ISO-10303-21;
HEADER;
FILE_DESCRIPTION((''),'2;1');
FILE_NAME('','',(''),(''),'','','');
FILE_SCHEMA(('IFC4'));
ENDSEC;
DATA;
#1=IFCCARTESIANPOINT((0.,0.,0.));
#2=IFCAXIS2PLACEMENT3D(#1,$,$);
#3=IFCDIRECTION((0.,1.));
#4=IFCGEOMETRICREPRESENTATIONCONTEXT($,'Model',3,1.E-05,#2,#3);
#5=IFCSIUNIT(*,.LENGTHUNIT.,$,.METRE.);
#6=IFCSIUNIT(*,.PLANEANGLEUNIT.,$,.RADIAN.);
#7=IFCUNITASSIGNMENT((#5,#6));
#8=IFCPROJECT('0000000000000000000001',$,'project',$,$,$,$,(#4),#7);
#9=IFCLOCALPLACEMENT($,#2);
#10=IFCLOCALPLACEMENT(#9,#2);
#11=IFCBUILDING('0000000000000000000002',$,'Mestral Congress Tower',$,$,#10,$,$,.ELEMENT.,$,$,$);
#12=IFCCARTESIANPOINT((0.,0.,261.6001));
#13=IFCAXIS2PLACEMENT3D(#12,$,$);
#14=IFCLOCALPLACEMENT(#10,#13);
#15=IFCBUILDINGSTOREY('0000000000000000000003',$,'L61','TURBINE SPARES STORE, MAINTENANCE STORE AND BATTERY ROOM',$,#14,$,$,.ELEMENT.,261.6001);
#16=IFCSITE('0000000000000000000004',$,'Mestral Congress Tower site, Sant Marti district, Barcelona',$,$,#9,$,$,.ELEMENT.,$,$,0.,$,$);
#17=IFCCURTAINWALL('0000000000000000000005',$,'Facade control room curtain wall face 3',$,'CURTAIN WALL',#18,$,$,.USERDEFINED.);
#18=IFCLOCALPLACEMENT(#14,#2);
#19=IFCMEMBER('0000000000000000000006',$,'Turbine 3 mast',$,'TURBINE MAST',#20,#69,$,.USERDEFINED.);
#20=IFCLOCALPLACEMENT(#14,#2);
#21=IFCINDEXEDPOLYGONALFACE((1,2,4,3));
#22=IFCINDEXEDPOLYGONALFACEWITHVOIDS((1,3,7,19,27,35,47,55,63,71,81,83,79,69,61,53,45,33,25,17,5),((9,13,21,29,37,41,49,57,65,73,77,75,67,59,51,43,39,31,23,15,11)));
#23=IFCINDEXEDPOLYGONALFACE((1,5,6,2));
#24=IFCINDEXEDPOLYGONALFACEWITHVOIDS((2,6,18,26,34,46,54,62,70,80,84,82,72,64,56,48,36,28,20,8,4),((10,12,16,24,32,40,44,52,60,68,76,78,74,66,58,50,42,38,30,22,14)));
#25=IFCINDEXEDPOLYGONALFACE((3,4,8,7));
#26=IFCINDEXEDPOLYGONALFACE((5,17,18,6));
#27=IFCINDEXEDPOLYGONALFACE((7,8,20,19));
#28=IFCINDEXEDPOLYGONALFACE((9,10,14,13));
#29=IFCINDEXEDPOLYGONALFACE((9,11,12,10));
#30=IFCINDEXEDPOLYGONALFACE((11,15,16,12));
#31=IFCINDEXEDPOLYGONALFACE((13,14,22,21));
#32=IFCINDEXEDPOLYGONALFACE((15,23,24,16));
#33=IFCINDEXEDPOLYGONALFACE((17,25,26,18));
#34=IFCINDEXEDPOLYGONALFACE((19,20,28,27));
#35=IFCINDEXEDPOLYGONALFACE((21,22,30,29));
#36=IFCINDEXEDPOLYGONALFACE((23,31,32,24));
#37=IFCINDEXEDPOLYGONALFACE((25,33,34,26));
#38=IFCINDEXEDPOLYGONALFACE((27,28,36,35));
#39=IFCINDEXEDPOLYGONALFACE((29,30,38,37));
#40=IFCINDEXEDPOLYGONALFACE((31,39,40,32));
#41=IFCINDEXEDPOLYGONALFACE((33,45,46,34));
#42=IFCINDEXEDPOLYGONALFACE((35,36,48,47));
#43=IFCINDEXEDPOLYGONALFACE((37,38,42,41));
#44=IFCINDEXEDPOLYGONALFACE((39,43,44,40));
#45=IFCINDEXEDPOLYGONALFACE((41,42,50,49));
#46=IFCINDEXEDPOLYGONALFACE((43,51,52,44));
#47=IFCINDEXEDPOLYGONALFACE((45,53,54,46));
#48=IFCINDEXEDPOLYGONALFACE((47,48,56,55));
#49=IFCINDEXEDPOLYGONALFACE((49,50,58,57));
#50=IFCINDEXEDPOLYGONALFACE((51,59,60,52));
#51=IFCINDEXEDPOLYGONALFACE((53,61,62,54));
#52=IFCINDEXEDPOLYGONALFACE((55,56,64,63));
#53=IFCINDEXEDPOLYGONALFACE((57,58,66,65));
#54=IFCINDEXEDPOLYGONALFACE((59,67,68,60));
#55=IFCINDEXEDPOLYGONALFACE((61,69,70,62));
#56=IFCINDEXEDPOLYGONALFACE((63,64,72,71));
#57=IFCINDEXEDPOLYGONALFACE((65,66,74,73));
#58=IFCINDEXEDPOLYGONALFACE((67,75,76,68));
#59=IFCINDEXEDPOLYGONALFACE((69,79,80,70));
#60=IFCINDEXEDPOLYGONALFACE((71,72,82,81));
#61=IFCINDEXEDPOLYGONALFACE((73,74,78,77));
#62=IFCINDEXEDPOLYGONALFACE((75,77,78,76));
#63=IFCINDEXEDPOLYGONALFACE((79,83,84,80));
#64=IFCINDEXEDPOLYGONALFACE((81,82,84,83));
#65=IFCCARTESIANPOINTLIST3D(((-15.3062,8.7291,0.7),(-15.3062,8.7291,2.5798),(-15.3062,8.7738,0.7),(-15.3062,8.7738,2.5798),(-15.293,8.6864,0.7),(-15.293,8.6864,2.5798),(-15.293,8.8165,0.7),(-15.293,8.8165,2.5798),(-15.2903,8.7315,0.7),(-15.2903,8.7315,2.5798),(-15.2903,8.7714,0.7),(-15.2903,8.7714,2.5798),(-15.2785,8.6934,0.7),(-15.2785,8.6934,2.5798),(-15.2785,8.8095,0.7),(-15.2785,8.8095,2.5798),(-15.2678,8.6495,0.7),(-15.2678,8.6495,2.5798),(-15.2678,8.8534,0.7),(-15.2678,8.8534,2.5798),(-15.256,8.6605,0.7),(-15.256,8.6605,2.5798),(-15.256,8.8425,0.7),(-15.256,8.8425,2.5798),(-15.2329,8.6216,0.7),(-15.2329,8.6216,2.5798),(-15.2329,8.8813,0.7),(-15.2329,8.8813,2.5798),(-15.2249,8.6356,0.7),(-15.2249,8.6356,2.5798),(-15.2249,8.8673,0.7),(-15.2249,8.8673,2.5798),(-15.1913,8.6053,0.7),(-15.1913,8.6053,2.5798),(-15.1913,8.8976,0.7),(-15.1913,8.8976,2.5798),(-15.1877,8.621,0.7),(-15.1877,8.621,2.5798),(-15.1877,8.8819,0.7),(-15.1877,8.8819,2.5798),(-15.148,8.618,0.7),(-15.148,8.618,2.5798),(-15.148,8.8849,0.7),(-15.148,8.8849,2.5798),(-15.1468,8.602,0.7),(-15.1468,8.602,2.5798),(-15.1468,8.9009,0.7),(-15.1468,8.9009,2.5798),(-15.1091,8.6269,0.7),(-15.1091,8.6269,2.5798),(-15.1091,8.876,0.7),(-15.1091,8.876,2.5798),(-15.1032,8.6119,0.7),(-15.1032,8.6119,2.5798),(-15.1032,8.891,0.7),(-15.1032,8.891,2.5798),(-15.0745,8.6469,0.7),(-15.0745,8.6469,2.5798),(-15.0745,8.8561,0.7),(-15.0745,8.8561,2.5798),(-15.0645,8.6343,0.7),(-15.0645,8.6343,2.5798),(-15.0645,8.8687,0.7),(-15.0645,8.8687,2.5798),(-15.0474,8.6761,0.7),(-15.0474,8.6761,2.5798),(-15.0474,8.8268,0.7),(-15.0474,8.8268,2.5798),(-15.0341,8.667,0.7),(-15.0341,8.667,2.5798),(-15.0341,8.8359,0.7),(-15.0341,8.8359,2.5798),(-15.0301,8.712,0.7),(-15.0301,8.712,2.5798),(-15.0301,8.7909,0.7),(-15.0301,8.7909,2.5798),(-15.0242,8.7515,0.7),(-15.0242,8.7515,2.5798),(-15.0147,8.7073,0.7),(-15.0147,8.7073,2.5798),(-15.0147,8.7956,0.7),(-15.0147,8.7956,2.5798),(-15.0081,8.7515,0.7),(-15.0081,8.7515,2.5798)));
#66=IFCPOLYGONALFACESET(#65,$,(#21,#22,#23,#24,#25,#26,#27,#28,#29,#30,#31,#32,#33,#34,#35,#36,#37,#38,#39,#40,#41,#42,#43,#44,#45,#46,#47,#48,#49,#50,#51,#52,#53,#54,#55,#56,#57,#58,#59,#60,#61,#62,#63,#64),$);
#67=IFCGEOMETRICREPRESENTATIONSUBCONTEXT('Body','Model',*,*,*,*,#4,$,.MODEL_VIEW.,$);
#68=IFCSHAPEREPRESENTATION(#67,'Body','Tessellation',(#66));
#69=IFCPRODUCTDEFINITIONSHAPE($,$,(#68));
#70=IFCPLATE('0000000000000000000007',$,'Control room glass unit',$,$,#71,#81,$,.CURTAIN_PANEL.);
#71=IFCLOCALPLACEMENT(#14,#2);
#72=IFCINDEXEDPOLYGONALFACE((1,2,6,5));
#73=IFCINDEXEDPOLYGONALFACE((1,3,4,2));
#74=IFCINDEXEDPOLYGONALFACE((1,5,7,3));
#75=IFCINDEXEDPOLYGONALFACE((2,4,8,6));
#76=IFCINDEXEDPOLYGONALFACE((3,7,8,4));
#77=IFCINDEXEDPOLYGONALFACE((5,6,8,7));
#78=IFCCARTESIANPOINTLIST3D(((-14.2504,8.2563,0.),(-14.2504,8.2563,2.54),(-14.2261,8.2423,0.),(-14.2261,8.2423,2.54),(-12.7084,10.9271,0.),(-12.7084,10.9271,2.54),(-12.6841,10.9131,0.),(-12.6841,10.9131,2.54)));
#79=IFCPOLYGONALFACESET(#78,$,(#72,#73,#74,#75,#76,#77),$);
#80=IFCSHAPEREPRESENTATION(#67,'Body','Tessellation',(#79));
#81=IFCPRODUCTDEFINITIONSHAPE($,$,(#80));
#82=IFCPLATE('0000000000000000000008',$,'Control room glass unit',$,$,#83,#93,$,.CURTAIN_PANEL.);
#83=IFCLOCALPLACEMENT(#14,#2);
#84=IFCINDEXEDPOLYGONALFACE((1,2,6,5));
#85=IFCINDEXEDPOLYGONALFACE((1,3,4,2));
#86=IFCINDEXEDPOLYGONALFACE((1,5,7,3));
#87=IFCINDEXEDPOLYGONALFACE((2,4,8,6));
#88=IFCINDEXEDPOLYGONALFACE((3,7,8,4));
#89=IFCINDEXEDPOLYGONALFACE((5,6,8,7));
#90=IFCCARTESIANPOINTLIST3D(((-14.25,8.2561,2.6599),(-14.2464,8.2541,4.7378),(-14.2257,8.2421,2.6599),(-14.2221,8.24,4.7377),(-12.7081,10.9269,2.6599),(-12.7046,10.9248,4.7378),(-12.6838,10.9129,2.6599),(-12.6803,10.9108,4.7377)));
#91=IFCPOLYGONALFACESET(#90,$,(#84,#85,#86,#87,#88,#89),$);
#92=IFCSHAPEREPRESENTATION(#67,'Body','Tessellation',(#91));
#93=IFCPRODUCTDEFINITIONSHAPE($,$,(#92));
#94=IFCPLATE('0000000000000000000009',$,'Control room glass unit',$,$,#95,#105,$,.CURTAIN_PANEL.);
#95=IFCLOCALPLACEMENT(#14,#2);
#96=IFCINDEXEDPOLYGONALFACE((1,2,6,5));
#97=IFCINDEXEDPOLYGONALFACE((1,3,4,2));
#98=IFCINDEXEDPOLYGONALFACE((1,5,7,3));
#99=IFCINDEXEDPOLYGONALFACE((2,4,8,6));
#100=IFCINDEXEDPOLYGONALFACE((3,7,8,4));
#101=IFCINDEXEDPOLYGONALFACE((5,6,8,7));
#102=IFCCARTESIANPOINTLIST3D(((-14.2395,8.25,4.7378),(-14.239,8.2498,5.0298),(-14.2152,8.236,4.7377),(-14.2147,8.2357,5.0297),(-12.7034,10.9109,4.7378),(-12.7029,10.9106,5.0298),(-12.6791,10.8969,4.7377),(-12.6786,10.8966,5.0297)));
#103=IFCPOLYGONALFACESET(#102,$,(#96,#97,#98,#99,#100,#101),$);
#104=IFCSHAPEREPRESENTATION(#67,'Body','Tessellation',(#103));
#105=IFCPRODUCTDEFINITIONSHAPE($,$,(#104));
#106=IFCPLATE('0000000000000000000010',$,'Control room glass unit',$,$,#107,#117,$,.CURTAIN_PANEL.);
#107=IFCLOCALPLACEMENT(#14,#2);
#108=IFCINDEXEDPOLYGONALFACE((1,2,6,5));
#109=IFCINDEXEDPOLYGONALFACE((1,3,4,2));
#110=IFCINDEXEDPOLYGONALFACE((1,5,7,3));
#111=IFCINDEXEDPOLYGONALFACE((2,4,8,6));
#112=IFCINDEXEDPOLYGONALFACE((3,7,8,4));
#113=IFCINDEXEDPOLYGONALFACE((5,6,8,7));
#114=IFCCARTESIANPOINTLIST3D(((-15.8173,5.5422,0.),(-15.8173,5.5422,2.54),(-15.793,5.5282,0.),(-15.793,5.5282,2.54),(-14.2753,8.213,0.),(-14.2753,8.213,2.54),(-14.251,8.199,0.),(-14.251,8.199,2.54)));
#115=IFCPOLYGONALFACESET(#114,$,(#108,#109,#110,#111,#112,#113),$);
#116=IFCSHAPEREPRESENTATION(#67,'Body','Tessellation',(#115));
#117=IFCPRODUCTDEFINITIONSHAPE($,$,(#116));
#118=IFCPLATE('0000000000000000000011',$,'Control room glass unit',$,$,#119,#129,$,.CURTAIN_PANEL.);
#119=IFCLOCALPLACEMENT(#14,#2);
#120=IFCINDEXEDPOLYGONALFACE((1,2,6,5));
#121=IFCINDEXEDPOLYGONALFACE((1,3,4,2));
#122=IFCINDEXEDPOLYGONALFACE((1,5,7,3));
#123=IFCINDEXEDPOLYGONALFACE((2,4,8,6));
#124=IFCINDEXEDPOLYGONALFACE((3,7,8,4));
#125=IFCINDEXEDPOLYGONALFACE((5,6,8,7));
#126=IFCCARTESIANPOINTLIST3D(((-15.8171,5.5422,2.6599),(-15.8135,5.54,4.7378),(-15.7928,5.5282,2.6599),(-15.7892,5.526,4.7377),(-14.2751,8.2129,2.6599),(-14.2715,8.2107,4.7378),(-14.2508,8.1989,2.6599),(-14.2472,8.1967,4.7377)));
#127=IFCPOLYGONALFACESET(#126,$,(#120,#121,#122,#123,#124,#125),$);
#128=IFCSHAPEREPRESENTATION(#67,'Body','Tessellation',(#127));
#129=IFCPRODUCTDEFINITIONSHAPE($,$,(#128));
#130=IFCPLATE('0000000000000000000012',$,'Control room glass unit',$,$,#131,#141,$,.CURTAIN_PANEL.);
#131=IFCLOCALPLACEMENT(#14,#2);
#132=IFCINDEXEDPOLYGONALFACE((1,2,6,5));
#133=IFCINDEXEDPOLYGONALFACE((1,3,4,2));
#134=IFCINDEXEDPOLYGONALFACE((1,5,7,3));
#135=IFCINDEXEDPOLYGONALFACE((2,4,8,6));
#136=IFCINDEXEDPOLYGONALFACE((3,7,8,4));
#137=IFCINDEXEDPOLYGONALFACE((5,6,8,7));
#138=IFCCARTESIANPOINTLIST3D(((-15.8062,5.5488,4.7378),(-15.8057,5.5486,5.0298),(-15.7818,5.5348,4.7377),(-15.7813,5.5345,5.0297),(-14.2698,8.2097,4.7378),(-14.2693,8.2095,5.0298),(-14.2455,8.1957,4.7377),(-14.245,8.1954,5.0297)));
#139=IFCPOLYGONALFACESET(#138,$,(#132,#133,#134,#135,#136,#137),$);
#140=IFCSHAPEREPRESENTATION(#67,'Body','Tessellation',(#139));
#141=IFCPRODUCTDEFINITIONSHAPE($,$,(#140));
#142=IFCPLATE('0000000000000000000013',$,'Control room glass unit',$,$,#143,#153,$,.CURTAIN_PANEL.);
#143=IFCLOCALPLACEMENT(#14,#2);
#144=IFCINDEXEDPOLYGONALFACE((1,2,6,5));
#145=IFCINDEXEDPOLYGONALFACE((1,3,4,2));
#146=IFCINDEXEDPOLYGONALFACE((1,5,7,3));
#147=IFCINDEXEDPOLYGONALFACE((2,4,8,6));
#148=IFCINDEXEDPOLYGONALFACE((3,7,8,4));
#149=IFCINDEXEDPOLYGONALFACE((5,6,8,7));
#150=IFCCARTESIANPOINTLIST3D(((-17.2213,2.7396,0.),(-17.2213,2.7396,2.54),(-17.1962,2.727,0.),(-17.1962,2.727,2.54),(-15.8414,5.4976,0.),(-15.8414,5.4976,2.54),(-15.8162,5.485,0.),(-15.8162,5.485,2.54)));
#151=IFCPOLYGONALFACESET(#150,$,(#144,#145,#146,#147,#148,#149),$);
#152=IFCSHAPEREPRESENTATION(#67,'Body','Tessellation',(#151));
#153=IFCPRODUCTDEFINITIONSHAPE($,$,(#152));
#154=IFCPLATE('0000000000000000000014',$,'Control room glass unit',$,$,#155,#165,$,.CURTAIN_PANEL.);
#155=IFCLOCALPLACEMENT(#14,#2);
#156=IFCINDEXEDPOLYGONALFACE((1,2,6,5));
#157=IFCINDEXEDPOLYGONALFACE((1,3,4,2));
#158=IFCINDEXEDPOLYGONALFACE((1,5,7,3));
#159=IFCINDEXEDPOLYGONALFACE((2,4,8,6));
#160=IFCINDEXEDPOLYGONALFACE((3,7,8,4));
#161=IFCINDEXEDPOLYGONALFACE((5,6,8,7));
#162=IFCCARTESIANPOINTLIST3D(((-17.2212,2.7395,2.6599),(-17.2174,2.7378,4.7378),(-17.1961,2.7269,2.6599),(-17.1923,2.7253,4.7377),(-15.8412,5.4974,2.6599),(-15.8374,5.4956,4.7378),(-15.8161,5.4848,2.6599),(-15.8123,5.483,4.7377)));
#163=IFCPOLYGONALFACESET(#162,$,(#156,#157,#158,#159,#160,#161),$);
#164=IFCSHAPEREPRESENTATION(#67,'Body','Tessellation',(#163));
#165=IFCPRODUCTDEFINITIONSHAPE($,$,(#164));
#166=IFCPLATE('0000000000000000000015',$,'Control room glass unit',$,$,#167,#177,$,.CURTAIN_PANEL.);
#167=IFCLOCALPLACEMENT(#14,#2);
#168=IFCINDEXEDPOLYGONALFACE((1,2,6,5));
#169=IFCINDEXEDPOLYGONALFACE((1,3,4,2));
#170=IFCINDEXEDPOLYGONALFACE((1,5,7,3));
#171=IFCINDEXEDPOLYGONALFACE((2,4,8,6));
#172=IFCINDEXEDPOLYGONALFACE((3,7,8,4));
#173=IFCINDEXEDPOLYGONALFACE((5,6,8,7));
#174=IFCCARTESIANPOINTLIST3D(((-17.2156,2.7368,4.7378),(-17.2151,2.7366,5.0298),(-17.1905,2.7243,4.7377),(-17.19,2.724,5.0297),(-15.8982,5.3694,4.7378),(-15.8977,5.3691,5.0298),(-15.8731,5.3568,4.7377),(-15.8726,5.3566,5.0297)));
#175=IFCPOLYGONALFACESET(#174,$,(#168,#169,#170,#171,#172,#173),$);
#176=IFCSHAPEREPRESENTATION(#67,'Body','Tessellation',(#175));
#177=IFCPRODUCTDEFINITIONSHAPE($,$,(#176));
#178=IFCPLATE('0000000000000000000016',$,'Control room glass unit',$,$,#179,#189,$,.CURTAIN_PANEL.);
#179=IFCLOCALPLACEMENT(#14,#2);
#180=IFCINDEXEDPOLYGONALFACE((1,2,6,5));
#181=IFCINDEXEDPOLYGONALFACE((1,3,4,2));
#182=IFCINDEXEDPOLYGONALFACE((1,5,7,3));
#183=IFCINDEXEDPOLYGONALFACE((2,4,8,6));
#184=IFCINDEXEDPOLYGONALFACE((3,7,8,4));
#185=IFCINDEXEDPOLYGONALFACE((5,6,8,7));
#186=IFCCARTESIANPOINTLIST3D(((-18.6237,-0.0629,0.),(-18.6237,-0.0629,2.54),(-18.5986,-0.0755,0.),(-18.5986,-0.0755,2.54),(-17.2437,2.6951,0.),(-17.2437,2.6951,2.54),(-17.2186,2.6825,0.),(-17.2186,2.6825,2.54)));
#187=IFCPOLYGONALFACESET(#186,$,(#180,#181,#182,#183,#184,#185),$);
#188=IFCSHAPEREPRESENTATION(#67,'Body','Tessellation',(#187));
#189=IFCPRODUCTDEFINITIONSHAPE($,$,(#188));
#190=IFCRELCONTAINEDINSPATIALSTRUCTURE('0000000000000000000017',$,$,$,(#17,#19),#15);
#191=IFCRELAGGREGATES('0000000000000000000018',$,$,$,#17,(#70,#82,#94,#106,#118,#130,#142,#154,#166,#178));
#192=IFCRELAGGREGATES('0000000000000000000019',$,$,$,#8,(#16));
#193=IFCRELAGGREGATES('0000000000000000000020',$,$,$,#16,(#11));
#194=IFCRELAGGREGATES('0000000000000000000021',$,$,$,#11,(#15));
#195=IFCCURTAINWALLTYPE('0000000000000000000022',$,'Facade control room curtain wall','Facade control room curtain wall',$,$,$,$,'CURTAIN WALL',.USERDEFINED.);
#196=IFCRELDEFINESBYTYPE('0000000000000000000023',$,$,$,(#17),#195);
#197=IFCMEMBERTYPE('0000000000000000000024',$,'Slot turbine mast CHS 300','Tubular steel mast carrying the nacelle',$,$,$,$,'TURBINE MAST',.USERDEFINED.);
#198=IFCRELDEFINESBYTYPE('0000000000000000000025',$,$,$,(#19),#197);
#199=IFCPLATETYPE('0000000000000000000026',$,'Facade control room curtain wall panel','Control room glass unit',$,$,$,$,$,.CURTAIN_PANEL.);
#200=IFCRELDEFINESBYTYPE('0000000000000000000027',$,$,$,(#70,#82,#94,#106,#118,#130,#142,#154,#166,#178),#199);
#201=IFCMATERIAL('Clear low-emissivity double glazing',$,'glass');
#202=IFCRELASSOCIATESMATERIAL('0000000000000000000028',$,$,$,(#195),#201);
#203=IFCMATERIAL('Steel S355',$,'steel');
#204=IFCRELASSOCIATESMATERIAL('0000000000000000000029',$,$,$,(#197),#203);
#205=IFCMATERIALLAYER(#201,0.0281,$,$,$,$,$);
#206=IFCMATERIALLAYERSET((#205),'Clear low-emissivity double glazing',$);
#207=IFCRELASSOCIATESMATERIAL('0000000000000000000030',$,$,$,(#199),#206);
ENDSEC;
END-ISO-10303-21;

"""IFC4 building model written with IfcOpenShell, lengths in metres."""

from ifc_helpers import new_model, si_unit, direction, frame, origin, origin_2d, place, context, subcontext, project, spatial, polyline, rectangle, hollow_circle, outline, extrude, material, layer, layer_set, material_profile, profile_set, type_object, element, aggregate, save


model = new_model("IFC4")

# Units and contexts
model_context = context("Model", 3, precision=1e-05, world=origin(), true_north=direction((0.0, 1.0)))
body_context = subcontext(model_context, "Body", "Model", "MODEL_VIEW")
ifc_project = project(units=[si_unit("LENGTHUNIT", "METRE"), si_unit("PLANEANGLEUNIT", "RADIAN")], contexts=[model_context])

# Site, building, storey
site_placement = place(None, origin())
site = spatial("IfcSite", under=ifc_project, at=site_placement, Name="Mestral Congress Tower site, Sant Marti district, Barcelona", CompositionType="ELEMENT", RefElevation=0.0)
building_placement = place(site_placement, origin())
building = spatial("IfcBuilding", under=site, at=building_placement, Name="Mestral Congress Tower", CompositionType="ELEMENT")
storey_placement = place(building_placement, frame((0.0, 0.0, 261.6001)))
storey = spatial("IfcBuildingStorey", under=building, at=storey_placement, Name="L61", Description="TURBINE SPARES STORE, MAINTENANCE STORE AND BATTERY ROOM", CompositionType="ELEMENT", Elevation=261.6001)

# Curtain wall
ifc_material_1 = material(Name="Clear low-emissivity double glazing", Category="glass")
curtain_wall_type = type_object("IfcCurtainWallType", Name="Facade control room curtain wall", Description="Facade control room curtain wall", ElementType="CURTAIN WALL", PredefinedType="USERDEFINED", material=ifc_material_1)
curtain_wall_placement = place(storey_placement, origin())
curtain_wall = element("IfcCurtainWall", 1, at=curtain_wall_placement, inside=storey, type_object=curtain_wall_type, Name="Facade control room curtain wall face 3", ObjectType="CURTAIN WALL", PredefinedType="USERDEFINED")

# Shared definitions
ifc_material_2 = material(Name="Steel S355", Category="steel")

# Member
ifc_material_profile_1 = material_profile(ifc_material_2, hollow_circle(Radius=0.1499, WallThickness=0.0161, at=origin_2d()), Name="CHS 300 x 16")
ifc_profile_set_1 = profile_set([ifc_material_profile_1], Name="Steel S355")
member_type_1 = type_object("IfcMemberType", Name="Slot turbine mast CHS 300", Description="Tubular steel mast carrying the nacelle", ElementType="TURBINE MAST", PredefinedType="USERDEFINED", material=ifc_profile_set_1)
member_1_placement = place(storey_placement, frame((-15.158, 8.7515, 0.7), z_axis=(0.0, 0.0, 1.0), x_axis=(1.0, 0.0, 0.0)))
element("IfcMember", 2, at=member_1_placement, inside=storey, type_object=member_type_1, Name="Turbine 3 mast", ObjectType="TURBINE MAST", PredefinedType="USERDEFINED", context=body_context, shape_type="SweptSolid", body=[
    extrude(hollow_circle(Radius=0.1499, WallThickness=0.0161, at=origin_2d()), origin(), (0.0, 0.0, 1.0), 1.8799),
])

# Plates
ifc_layer_1 = layer(ifc_material_1, 0.0281)
ifc_layer_set_1 = layer_set([ifc_layer_1], Name="Clear low-emissivity double glazing")
plate_type_1 = type_object("IfcPlateType", Name="Facade control room curtain wall panel", Description="Control room glass unit", PredefinedType="CURTAIN_PANEL", material=ifc_layer_set_1)
plate_1_placement = place(storey_placement, frame((-13.4673, 9.5847, 0.0), z_axis=(0.0, 0.0, 1.0), x_axis=(-0.5, -0.866025, 0.0)))
plate_1 = element("IfcPlate", 3, at=plate_1_placement, type_object=plate_type_1, Name="Control room glass unit", PredefinedType="CURTAIN_PANEL", context=body_context, shape_type="SweptSolid", body=[
    extrude(rectangle(XDim=3.084, YDim=0.0281, at=origin_2d()), origin(), (0.0, 0.0, 1.0), 2.54),
])
plate_2_placement = place(storey_placement, frame((-14.25, 8.2561, 2.6599), z_axis=(-0.866038, 0.499974, 0.001975), x_axis=(0.499975, 0.86604, 0.0)))
plate_2 = element("IfcPlate", 4, at=plate_2_placement, type_object=plate_type_1, Name="Control room glass unit", PredefinedType="CURTAIN_PANEL", context=body_context, shape_type="SweptSolid", body=[
    extrude(outline(polyline([(0.0, 0.0), (3.0839, 0.0), (3.0839, -2.0779), (0.0, -2.0779), (0.0, 0.0)])), origin(), (0.0, 0.0, -1.0), 0.0281),
])
plate_3_placement = place(storey_placement, frame((-14.239, 8.2498, 5.0298), z_axis=(-0.866042, 0.499967, 0.001866), x_axis=(-0.001672, 0.000836, -0.999998)))
plate_3 = element("IfcPlate", 5, at=plate_3_placement, type_object=plate_type_1, Name="Control room glass unit", PredefinedType="CURTAIN_PANEL", context=body_context, shape_type="SweptSolid", body=[
    extrude(outline(polyline([(0.0, 0.0), (0.292, 0.0), (0.2916, -3.0725), (-0.0003, -3.0725), (0.0, 0.0)])), origin(), (0.0, 0.0, -1.0), 0.0281),
])
plate_4_placement = place(storey_placement, frame((-15.0342, 6.8706, 0.0), z_axis=(0.0, 0.0, 1.0), x_axis=(-0.5, -0.866025, 0.0)))
plate_4 = element("IfcPlate", 6, at=plate_4_placement, type_object=plate_type_1, Name="Control room glass unit", PredefinedType="CURTAIN_PANEL", context=body_context, shape_type="SweptSolid", body=[
    extrude(rectangle(XDim=3.084, YDim=0.0281, at=origin_2d()), origin(), (0.0, 0.0, 1.0), 2.54),
])
plate_5_placement = place(storey_placement, frame((-15.8171, 5.5422, 2.6599), z_axis=(-0.866011, 0.500021, 0.002055), x_axis=(0.500022, 0.866013, 0.0)))
plate_5 = element("IfcPlate", 7, at=plate_5_placement, type_object=plate_type_1, Name="Control room glass unit", PredefinedType="CURTAIN_PANEL", context=body_context, shape_type="SweptSolid", body=[
    extrude(outline(polyline([(0.0, 0.0), (3.0839, 0.0), (3.0838, -2.0779), (-0.0001, -2.0779), (0.0, 0.0)])), origin(), (0.0, 0.0, -1.0), 0.0281),
])
plate_6_placement = place(storey_placement, frame((-14.2698, 8.2097, 4.7378), z_axis=(-0.866008, 0.500027, 0.001866), x_axis=(0.001672, -0.000836, 0.999998)))
plate_6 = element("IfcPlate", 8, at=plate_6_placement, type_object=plate_type_1, Name="Control room glass unit", PredefinedType="CURTAIN_PANEL", context=body_context, shape_type="SweptSolid", body=[
    extrude(outline(polyline([(0.0, 0.0), (0.292, 0.0), (0.2916, -3.0726), (-0.0003, -3.0726), (0.0, 0.0)])), origin(), (0.0, 0.0, -1.0), 0.0281),
])
plate_7_placement = place(storey_placement, frame((-16.5188, 4.1123, 0.0), z_axis=(0.0, 0.0, 1.0), x_axis=(-0.44747, -0.894299, 0.0)))
plate_7 = element("IfcPlate", 9, at=plate_7_placement, type_object=plate_type_1, Name="Control room glass unit", PredefinedType="CURTAIN_PANEL", context=body_context, shape_type="SweptSolid", body=[
    extrude(rectangle(XDim=3.084, YDim=0.0281, at=origin_2d()), origin(), (0.0, 0.0, 1.0), 2.54),
])
plate_8_placement = place(storey_placement, frame((-17.2212, 2.7395, 2.6599), z_axis=(-0.894283, 0.447498, 0.001997), x_axis=(0.447499, 0.894285, 0.0)))
plate_8 = element("IfcPlate", 10, at=plate_8_placement, type_object=plate_type_1, Name="Control room glass unit", PredefinedType="CURTAIN_PANEL", context=body_context, shape_type="SweptSolid", body=[
    extrude(outline(polyline([(0.0, 0.0), (3.0839, 0.0), (3.084, -2.0779), (0.0002, -2.0779), (0.0, 0.0)])), origin(), (0.0, 0.0, -1.0), 0.0281),
])
plate_9_placement = place(storey_placement, frame((-17.2151, 2.7366, 5.0298), z_axis=(-0.894276, 0.447511, 0.00187), x_axis=(-0.001672, 0.000836, -0.999998)))
plate_9 = element("IfcPlate", 11, at=plate_9_placement, type_object=plate_type_1, Name="Control room glass unit", PredefinedType="CURTAIN_PANEL", context=body_context, shape_type="SweptSolid", body=[
    extrude(outline(polyline([(0.0, 0.0), (0.292, 0.0), (0.292, -2.9438), (0.0, -2.9438), (0.0, 0.0)])), origin(), (0.0, 0.0, -1.0), 0.0281),
])
plate_10_placement = place(storey_placement, frame((-17.9211, 1.3098, 0.0), z_axis=(0.0, 0.0, 1.0), x_axis=(-0.44747, -0.894299, 0.0)))
plate_10 = element("IfcPlate", 12, at=plate_10_placement, type_object=plate_type_1, Name="Control room glass unit", PredefinedType="CURTAIN_PANEL", context=body_context, shape_type="SweptSolid", body=[
    extrude(rectangle(XDim=3.084, YDim=0.0281, at=origin_2d()), origin(), (0.0, 0.0, 1.0), 2.54),
])
aggregate(curtain_wall, [plate_1, plate_2, plate_3, plate_4, plate_5, plate_6, plate_7, plate_8, plate_9, plate_10])

save(model, "model.ifc")
